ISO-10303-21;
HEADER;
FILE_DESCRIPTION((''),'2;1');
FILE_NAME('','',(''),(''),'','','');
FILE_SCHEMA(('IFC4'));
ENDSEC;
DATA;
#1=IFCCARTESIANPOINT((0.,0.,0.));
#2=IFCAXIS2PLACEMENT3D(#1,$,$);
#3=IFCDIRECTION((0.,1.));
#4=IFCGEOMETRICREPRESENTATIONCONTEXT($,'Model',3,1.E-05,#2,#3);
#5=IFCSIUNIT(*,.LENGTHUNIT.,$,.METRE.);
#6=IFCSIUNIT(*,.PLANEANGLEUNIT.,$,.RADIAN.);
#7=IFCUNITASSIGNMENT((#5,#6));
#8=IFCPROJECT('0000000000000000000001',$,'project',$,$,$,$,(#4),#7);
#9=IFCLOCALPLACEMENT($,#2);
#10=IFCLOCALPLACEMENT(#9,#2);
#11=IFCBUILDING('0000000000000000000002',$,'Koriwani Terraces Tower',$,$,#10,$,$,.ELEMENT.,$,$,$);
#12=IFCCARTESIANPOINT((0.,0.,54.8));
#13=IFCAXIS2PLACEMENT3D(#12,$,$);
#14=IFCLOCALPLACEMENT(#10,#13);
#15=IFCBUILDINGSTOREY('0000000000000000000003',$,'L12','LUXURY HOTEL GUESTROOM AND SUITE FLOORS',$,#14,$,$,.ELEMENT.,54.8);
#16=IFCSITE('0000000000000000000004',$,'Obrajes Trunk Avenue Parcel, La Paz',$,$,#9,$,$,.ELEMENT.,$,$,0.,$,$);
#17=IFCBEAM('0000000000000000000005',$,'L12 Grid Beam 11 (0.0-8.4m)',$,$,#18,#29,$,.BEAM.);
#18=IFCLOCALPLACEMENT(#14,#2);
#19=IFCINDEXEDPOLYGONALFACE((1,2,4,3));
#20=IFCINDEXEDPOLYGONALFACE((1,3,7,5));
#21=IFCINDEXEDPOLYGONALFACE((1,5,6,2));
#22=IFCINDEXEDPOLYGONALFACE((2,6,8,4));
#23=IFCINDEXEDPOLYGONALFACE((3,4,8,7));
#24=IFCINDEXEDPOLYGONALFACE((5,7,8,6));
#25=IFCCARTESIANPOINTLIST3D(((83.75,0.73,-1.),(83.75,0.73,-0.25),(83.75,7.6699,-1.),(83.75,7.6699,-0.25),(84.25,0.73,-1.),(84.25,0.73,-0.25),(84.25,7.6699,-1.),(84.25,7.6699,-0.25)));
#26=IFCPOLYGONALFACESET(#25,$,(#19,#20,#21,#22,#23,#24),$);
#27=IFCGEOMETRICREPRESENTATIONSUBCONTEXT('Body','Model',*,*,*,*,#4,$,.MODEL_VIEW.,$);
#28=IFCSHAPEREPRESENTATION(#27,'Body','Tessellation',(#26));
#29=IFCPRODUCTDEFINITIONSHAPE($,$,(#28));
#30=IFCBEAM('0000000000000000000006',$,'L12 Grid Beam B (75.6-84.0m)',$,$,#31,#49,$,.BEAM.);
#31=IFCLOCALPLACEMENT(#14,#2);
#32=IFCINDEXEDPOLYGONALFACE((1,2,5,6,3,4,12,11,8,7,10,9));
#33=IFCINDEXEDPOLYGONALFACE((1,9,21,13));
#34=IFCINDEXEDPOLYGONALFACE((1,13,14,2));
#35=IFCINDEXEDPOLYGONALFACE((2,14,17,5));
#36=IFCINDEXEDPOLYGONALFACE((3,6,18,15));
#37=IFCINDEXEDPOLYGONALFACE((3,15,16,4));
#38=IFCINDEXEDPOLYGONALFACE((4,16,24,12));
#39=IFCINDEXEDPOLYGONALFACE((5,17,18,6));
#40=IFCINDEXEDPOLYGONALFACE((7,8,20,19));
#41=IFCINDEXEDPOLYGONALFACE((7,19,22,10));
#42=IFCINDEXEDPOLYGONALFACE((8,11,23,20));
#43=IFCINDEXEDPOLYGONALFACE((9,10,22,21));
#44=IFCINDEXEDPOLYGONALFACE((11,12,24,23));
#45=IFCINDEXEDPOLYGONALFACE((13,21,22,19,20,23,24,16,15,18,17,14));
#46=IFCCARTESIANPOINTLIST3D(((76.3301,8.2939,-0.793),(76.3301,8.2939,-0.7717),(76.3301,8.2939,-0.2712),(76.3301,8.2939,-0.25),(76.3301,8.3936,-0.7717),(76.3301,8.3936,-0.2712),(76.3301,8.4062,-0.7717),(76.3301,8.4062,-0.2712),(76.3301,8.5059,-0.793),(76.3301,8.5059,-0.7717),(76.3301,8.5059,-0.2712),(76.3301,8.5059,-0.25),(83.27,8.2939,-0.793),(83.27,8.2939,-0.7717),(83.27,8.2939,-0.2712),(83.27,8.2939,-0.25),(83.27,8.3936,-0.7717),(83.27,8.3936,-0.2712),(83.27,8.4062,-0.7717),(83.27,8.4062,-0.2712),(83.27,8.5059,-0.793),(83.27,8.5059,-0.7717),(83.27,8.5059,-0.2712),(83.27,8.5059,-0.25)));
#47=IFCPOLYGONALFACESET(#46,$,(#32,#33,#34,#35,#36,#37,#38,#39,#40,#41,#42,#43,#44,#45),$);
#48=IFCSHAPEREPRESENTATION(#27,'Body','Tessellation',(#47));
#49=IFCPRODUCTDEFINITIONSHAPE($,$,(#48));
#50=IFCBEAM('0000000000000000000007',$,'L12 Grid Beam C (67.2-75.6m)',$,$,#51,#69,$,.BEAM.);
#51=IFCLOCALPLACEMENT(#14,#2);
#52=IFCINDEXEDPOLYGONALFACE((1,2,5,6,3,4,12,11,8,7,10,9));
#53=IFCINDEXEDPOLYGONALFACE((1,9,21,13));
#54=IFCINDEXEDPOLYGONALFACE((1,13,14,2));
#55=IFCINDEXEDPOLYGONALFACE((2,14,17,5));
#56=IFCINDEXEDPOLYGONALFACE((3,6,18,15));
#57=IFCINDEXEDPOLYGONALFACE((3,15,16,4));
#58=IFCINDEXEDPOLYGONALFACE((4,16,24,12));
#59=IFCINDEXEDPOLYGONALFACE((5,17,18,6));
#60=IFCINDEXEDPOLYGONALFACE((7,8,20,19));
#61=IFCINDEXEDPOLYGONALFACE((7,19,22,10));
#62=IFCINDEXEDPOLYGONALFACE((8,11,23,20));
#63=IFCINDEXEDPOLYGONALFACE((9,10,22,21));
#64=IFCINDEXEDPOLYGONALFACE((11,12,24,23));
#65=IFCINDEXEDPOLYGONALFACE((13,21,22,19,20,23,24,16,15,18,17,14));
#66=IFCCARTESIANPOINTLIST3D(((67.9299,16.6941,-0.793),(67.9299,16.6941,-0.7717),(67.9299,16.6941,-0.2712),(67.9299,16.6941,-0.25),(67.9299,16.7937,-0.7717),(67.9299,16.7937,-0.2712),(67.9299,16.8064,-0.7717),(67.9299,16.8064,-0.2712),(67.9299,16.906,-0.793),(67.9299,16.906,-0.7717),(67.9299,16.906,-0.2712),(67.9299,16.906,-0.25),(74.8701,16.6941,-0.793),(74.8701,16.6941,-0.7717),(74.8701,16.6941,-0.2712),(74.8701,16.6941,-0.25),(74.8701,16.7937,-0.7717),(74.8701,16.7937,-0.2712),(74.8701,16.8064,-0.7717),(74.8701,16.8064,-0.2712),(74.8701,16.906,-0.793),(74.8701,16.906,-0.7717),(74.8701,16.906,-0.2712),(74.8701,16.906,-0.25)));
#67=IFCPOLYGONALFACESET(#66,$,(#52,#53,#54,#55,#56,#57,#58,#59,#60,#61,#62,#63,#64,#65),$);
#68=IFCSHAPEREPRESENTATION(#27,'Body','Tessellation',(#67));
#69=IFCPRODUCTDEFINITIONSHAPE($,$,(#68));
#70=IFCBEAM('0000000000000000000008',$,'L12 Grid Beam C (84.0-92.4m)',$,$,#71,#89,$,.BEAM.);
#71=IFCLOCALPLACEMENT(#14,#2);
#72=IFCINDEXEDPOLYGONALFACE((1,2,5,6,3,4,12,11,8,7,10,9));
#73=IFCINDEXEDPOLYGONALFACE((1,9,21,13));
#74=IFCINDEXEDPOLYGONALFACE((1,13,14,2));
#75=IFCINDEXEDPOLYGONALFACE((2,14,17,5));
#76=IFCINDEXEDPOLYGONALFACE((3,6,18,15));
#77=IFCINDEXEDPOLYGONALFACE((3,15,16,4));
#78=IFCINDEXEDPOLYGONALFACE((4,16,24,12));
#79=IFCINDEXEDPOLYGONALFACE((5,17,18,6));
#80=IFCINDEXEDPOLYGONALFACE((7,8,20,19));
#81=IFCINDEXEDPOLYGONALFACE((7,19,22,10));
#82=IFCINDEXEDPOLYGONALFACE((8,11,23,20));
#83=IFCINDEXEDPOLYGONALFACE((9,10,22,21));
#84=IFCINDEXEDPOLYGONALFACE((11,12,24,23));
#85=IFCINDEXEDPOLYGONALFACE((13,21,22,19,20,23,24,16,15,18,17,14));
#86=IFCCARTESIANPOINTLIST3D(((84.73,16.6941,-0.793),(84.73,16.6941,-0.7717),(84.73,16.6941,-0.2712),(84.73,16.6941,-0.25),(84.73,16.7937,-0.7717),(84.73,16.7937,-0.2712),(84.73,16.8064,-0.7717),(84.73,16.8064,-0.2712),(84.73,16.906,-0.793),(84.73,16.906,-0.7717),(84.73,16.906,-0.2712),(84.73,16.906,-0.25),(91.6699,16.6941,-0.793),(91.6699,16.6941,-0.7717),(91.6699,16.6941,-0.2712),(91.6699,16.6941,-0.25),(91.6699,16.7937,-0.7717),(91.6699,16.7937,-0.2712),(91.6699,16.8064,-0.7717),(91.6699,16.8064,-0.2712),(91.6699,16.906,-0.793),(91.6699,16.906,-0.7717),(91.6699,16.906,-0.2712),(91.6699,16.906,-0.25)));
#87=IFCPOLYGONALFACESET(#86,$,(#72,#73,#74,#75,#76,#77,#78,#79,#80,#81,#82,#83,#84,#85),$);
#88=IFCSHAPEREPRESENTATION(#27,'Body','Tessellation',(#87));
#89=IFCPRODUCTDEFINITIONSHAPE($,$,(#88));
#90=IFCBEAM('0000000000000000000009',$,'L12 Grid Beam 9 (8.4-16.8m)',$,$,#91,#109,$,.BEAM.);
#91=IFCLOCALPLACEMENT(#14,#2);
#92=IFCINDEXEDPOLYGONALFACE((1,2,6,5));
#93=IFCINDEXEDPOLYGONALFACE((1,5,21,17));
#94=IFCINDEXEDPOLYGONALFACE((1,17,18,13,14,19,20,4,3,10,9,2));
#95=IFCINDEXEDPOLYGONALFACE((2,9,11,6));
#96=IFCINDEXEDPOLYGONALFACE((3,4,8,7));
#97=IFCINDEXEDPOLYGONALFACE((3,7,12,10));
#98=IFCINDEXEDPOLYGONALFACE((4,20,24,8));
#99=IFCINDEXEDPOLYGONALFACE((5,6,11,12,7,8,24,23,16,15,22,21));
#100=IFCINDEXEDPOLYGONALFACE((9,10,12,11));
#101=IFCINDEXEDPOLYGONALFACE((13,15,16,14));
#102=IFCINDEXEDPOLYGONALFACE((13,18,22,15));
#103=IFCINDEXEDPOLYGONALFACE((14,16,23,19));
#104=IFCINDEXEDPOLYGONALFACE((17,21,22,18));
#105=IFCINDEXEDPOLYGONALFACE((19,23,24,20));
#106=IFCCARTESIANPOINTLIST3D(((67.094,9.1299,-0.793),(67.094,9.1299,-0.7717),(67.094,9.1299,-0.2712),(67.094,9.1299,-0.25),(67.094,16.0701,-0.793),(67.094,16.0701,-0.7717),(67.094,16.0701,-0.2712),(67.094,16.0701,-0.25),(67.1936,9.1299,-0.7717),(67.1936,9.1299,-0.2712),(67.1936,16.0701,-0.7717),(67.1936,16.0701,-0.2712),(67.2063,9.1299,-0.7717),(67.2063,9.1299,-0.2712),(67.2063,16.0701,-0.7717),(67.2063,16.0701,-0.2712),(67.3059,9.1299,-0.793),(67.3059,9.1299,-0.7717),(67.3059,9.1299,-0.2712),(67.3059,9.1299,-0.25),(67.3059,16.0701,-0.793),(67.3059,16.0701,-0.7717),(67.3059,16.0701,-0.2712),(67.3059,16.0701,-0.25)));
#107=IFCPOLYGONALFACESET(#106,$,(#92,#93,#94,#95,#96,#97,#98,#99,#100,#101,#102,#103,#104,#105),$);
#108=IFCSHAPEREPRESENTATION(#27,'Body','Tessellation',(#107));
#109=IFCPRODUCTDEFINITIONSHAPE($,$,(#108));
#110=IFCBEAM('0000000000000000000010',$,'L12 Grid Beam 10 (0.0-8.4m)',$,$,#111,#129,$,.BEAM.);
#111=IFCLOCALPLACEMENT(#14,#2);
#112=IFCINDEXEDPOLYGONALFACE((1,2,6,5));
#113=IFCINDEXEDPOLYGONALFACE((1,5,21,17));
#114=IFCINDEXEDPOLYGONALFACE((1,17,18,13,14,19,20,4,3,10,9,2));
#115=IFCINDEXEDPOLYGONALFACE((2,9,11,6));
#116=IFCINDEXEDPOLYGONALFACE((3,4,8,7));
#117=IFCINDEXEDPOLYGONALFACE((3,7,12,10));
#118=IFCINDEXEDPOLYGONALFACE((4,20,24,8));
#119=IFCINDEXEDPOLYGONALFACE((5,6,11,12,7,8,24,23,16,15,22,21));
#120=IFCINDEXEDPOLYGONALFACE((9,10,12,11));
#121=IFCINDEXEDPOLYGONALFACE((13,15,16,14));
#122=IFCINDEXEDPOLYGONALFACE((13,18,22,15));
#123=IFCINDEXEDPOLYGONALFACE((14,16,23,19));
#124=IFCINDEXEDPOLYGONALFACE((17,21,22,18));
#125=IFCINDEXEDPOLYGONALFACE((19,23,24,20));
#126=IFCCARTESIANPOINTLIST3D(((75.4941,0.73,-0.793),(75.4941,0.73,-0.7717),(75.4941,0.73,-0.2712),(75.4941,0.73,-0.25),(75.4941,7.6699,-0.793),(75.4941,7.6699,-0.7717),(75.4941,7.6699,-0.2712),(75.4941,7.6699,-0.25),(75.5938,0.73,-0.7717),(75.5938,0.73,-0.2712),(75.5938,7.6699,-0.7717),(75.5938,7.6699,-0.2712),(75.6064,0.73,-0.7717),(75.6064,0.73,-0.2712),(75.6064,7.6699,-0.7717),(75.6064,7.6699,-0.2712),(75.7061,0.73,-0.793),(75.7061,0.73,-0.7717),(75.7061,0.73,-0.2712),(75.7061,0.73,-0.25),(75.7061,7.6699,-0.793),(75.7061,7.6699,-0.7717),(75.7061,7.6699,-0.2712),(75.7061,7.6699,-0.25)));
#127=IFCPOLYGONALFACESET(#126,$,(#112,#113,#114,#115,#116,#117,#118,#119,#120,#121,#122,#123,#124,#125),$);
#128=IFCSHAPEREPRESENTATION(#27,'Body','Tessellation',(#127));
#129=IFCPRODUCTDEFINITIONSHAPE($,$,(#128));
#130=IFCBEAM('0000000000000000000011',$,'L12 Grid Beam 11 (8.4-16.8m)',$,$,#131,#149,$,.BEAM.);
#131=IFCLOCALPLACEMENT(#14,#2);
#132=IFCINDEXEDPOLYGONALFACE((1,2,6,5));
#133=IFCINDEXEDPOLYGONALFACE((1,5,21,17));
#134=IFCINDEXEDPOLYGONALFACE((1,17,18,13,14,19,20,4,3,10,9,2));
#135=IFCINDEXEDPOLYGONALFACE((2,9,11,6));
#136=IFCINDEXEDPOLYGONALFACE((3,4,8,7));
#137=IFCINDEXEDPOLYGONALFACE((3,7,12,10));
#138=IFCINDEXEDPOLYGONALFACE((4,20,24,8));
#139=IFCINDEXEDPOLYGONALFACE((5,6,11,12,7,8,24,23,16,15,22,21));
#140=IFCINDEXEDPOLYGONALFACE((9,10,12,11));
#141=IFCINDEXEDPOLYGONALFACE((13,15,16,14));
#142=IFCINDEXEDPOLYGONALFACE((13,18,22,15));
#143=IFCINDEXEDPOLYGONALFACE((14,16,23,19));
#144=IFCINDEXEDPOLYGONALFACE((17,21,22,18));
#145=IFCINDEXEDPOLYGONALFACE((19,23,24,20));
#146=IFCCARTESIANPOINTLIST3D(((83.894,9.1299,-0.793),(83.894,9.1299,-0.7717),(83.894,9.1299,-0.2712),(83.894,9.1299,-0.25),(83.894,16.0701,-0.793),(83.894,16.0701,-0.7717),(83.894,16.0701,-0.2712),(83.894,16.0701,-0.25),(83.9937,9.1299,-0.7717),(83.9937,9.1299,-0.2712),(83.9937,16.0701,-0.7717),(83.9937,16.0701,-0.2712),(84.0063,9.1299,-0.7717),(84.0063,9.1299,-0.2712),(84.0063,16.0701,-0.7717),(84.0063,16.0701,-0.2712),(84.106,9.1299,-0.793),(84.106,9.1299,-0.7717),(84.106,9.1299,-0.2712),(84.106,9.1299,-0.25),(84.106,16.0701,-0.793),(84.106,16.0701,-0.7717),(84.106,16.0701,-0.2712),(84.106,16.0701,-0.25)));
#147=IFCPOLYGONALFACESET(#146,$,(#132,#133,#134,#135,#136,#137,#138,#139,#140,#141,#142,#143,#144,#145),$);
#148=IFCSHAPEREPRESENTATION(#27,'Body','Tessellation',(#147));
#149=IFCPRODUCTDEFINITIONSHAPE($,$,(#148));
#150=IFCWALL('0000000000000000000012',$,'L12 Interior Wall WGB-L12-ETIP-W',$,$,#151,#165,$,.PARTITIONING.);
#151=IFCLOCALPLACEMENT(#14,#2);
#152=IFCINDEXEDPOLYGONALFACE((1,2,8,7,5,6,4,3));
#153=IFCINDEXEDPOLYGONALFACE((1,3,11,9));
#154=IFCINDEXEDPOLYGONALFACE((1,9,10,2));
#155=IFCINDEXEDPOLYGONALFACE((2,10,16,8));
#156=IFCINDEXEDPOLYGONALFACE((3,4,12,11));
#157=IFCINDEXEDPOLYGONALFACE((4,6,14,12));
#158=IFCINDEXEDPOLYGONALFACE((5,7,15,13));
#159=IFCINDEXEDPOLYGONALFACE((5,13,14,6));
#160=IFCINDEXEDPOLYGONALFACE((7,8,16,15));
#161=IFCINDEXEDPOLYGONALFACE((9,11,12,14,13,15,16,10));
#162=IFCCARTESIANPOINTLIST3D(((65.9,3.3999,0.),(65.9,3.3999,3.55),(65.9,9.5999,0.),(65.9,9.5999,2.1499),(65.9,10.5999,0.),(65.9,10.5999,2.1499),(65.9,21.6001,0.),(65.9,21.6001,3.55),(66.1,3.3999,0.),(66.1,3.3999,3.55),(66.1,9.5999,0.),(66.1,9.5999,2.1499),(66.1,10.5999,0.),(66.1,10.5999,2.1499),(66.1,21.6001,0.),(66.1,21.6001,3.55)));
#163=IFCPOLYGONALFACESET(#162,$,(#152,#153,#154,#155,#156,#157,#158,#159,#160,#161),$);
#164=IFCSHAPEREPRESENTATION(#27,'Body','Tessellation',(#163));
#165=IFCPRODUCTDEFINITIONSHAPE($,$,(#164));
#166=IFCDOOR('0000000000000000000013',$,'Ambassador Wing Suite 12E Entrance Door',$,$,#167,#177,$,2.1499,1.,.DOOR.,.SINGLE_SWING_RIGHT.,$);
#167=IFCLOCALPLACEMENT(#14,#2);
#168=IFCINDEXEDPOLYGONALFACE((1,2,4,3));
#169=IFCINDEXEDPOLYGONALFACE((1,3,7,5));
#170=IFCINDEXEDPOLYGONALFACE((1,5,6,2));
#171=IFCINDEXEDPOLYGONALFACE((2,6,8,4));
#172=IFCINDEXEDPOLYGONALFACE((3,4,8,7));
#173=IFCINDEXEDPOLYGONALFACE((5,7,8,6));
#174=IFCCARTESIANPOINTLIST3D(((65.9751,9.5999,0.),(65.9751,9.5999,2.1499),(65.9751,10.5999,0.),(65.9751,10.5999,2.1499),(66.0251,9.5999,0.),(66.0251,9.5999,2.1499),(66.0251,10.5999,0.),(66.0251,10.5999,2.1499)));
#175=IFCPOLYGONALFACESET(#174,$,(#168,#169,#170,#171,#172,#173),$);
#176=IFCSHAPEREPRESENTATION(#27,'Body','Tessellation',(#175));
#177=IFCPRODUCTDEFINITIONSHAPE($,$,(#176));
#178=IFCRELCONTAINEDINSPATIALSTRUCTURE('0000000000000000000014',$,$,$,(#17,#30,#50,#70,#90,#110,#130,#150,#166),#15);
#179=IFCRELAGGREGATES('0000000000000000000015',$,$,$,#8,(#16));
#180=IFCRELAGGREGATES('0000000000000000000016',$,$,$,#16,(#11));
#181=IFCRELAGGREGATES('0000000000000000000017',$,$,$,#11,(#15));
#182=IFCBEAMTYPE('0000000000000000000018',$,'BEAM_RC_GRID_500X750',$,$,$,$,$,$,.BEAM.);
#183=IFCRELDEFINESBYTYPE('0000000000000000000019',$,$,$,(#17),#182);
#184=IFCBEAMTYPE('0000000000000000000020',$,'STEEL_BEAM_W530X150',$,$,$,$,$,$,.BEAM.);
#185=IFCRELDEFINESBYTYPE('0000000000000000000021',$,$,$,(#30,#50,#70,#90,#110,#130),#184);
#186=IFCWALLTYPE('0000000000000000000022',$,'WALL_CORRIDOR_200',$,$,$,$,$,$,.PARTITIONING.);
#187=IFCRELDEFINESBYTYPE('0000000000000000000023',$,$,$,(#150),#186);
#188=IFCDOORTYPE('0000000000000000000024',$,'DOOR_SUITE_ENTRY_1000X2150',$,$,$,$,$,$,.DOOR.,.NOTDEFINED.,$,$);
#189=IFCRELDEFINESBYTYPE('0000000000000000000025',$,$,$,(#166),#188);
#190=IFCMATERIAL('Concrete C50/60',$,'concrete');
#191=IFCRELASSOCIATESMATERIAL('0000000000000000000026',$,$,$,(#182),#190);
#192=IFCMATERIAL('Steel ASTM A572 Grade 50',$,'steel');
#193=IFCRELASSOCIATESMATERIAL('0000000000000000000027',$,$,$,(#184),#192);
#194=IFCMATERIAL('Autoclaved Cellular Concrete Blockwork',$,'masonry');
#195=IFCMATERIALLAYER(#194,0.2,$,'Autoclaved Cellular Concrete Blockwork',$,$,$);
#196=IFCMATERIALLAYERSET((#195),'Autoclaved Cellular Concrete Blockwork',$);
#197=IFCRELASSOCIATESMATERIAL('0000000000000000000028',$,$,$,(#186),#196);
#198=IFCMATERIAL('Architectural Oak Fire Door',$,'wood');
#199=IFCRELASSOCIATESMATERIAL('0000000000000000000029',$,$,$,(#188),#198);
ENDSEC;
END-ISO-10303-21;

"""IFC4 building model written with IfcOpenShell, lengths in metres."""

from ifc_helpers import new_model, si_unit, direction, frame, frame_2d, origin, origin_2d, place, context, subcontext, project, spatial, rectangle, i_section, extrude, material, layer, layer_set, material_profile, profile_set, type_object, element, fill, save


model = new_model("IFC4")

# Units and contexts
model_context = context("Model", 3, precision=1e-05, world=origin(), true_north=direction((0.0, 1.0)))
body_context = subcontext(model_context, "Body", "Model", "MODEL_VIEW")
ifc_project = project(units=[si_unit("LENGTHUNIT", "METRE"), si_unit("PLANEANGLEUNIT", "RADIAN")], contexts=[model_context])

# Site, building, storey
site_placement = place(None, origin())
site = spatial("IfcSite", under=ifc_project, at=site_placement, Name="Obrajes Trunk Avenue Parcel, La Paz", CompositionType="ELEMENT", RefElevation=0.0)
building_placement = place(site_placement, origin())
building = spatial("IfcBuilding", under=site, at=building_placement, Name="Koriwani Terraces Tower", CompositionType="ELEMENT")
storey_placement = place(building_placement, frame((0.0, 0.0, 54.8)))
storey = spatial("IfcBuildingStorey", under=building, at=storey_placement, Name="L12", Description="LUXURY HOTEL GUESTROOM AND SUITE FLOORS", CompositionType="ELEMENT", Elevation=54.8)

# Beams
ifc_material_1 = material(Name="Concrete C50/60", Category="concrete")
ifc_material_profile_1 = material_profile(ifc_material_1, rectangle(XDim=0.5, YDim=0.75, at=origin_2d()), Name="Concrete C50/60", Category="LoadBearing")
ifc_profile_set_1 = profile_set([ifc_material_profile_1], Name="Concrete C50/60")
beam_type_1 = type_object("IfcBeamType", Name="BEAM_RC_GRID_500X750", PredefinedType="BEAM", material=ifc_profile_set_1)
beam_1_placement = place(storey_placement, frame((84.0, 0.73, -0.625), z_axis=(0.0, 1.0, 0.0), x_axis=(-1.0, 0.0, 0.0)))
element("IfcBeam", 1, at=beam_1_placement, inside=storey, type_object=beam_type_1, Name="L12 Grid Beam 11 (0.0-8.4m)", PredefinedType="BEAM", context=body_context, shape_type="SweptSolid", body=[
    extrude(rectangle(XDim=0.5, YDim=0.75, at=origin_2d()), origin(), (0.0, 0.0, 1.0), 6.9399),
])
ifc_material_2 = material(Name="Steel ASTM A572 Grade 50", Category="steel")
ifc_material_profile_2 = material_profile(ifc_material_2, i_section(OverallWidth=0.2119, OverallDepth=0.543, WebThickness=0.0127, FlangeThickness=0.0212, at=origin_2d()), Name="Steel ASTM A572 Grade 50", Category="LoadBearing")
ifc_profile_set_2 = profile_set([ifc_material_profile_2], Name="Steel ASTM A572 Grade 50")
beam_type_2 = type_object("IfcBeamType", Name="STEEL_BEAM_W530X150", PredefinedType="BEAM", material=ifc_profile_set_2)
beam_2_placement = place(storey_placement, frame((76.3301, 8.3999, -0.5215), z_axis=(1.0, 0.0, 0.0), x_axis=(0.0, 1.0, 0.0)))
element("IfcBeam", 2, at=beam_2_placement, inside=storey, type_object=beam_type_2, Name="L12 Grid Beam B (75.6-84.0m)", PredefinedType="BEAM", context=body_context, shape_type="SweptSolid", body=[
    extrude(i_section(OverallWidth=0.2119, OverallDepth=0.543, WebThickness=0.0127, FlangeThickness=0.0212, at=origin_2d()), origin(), (0.0, 0.0, 1.0), 6.9399),
])
beam_3_placement = place(storey_placement, frame((67.9299, 16.8, -0.5215), z_axis=(1.0, 0.0, 0.0), x_axis=(0.0, 1.0, 0.0)))
element("IfcBeam", 3, at=beam_3_placement, inside=storey, type_object=beam_type_2, Name="L12 Grid Beam C (67.2-75.6m)", PredefinedType="BEAM", context=body_context, shape_type="SweptSolid", body=[
    extrude(i_section(OverallWidth=0.2119, OverallDepth=0.543, WebThickness=0.0127, FlangeThickness=0.0212, at=origin_2d()), origin(), (0.0, 0.0, 1.0), 6.9402),
])
beam_4_placement = place(storey_placement, frame((84.73, 16.8, -0.5215), z_axis=(1.0, 0.0, 0.0), x_axis=(0.0, 1.0, 0.0)))
element("IfcBeam", 4, at=beam_4_placement, inside=storey, type_object=beam_type_2, Name="L12 Grid Beam C (84.0-92.4m)", PredefinedType="BEAM", context=body_context, shape_type="SweptSolid", body=[
    extrude(i_section(OverallWidth=0.2119, OverallDepth=0.543, WebThickness=0.0127, FlangeThickness=0.0212, at=origin_2d()), origin(), (0.0, 0.0, 1.0), 6.9399),
])
beam_5_placement = place(storey_placement, frame((67.2, 9.1299, -0.5215), z_axis=(0.0, 1.0, 0.0), x_axis=(-1.0, 0.0, 0.0)))
element("IfcBeam", 5, at=beam_5_placement, inside=storey, type_object=beam_type_2, Name="L12 Grid Beam 9 (8.4-16.8m)", PredefinedType="BEAM", context=body_context, shape_type="SweptSolid", body=[
    extrude(i_section(OverallWidth=0.2119, OverallDepth=0.543, WebThickness=0.0127, FlangeThickness=0.0212, at=origin_2d()), origin(), (0.0, 0.0, 1.0), 6.9402),
])
beam_6_placement = place(storey_placement, frame((75.6001, 0.73, -0.5215), z_axis=(0.0, 1.0, 0.0), x_axis=(-1.0, 0.0, 0.0)))
element("IfcBeam", 6, at=beam_6_placement, inside=storey, type_object=beam_type_2, Name="L12 Grid Beam 10 (0.0-8.4m)", PredefinedType="BEAM", context=body_context, shape_type="SweptSolid", body=[
    extrude(i_section(OverallWidth=0.2119, OverallDepth=0.543, WebThickness=0.0127, FlangeThickness=0.0212, at=origin_2d()), origin(), (0.0, 0.0, 1.0), 6.9399),
])
beam_7_placement = place(storey_placement, frame((84.0, 9.1299, -0.5215), z_axis=(0.0, 1.0, 0.0), x_axis=(-1.0, 0.0, 0.0)))
element("IfcBeam", 7, at=beam_7_placement, inside=storey, type_object=beam_type_2, Name="L12 Grid Beam 11 (8.4-16.8m)", PredefinedType="BEAM", context=body_context, shape_type="SweptSolid", body=[
    extrude(i_section(OverallWidth=0.2119, OverallDepth=0.543, WebThickness=0.0127, FlangeThickness=0.0212, at=origin_2d()), origin(), (0.0, 0.0, 1.0), 6.9402),
])

# Wall, opening, door
ifc_material_3 = material(Name="Autoclaved Cellular Concrete Blockwork", Category="masonry")
ifc_layer_1 = layer(ifc_material_3, 0.2, Name="Autoclaved Cellular Concrete Blockwork")
ifc_layer_set_1 = layer_set([ifc_layer_1], Name="Autoclaved Cellular Concrete Blockwork")
wall_type_1 = type_object("IfcWallType", Name="WALL_CORRIDOR_200", PredefinedType="PARTITIONING", material=ifc_layer_set_1)
wall_1_placement = place(storey_placement, frame((66.0, 3.3999, 0.0), z_axis=(0.0, 0.0, 1.0), x_axis=(0.0, 1.0, 0.0)))
wall_1 = element("IfcWall", 8, at=wall_1_placement, inside=storey, type_object=wall_type_1, Name="L12 Interior Wall WGB-L12-ETIP-W", PredefinedType="PARTITIONING", context=body_context, shape_type="SweptSolid", body=[
    extrude(rectangle(XDim=18.2002, YDim=0.2, at=frame_2d((9.1001, 0.0))), origin(), (0.0, 0.0, 1.0), 3.55),
])
opening_1_placement = place(wall_1_placement, frame((6.2, 0.0, 0.0)))
opening_1 = element("IfcOpeningElement", 9, at=opening_1_placement, cuts=wall_1, PredefinedType="OPENING", context=body_context, shape_type="SweptSolid", body=[
    extrude(rectangle(XDim=1.0, YDim=2.1499, at=frame_2d((0.5, 1.075))), frame((0.0, 0.1099, 0.0), z_axis=(0.0, -1.0, 0.0), x_axis=(1.0, 0.0, 0.0)), (0.0, 0.0, 1.0), 0.22),
])
ifc_material_4 = material(Name="Architectural Oak Fire Door", Category="wood")
door_type_1 = type_object("IfcDoorType", Name="DOOR_SUITE_ENTRY_1000X2150", OperationType="NOTDEFINED", PredefinedType="DOOR", material=ifc_material_4)
door_1_placement = place(opening_1_placement, origin())
door_1 = element("IfcDoor", 10, at=door_1_placement, inside=storey, type_object=door_type_1, Name="Ambassador Wing Suite 12E Entrance Door", OperationType="SINGLE_SWING_RIGHT", OverallHeight=2.1499, OverallWidth=1.0, PredefinedType="DOOR", context=body_context, shape_type="SweptSolid", body=[
    extrude(rectangle(XDim=1.0, YDim=2.1499, at=frame_2d((0.5, 1.075))), frame((0.0, 0.0249, 0.0), z_axis=(0.0, -1.0, 0.0), x_axis=(1.0, 0.0, 0.0)), (0.0, 0.0, 1.0), 0.05),
])
fill(opening_1, door_1)

save(model, "model.ifc")
